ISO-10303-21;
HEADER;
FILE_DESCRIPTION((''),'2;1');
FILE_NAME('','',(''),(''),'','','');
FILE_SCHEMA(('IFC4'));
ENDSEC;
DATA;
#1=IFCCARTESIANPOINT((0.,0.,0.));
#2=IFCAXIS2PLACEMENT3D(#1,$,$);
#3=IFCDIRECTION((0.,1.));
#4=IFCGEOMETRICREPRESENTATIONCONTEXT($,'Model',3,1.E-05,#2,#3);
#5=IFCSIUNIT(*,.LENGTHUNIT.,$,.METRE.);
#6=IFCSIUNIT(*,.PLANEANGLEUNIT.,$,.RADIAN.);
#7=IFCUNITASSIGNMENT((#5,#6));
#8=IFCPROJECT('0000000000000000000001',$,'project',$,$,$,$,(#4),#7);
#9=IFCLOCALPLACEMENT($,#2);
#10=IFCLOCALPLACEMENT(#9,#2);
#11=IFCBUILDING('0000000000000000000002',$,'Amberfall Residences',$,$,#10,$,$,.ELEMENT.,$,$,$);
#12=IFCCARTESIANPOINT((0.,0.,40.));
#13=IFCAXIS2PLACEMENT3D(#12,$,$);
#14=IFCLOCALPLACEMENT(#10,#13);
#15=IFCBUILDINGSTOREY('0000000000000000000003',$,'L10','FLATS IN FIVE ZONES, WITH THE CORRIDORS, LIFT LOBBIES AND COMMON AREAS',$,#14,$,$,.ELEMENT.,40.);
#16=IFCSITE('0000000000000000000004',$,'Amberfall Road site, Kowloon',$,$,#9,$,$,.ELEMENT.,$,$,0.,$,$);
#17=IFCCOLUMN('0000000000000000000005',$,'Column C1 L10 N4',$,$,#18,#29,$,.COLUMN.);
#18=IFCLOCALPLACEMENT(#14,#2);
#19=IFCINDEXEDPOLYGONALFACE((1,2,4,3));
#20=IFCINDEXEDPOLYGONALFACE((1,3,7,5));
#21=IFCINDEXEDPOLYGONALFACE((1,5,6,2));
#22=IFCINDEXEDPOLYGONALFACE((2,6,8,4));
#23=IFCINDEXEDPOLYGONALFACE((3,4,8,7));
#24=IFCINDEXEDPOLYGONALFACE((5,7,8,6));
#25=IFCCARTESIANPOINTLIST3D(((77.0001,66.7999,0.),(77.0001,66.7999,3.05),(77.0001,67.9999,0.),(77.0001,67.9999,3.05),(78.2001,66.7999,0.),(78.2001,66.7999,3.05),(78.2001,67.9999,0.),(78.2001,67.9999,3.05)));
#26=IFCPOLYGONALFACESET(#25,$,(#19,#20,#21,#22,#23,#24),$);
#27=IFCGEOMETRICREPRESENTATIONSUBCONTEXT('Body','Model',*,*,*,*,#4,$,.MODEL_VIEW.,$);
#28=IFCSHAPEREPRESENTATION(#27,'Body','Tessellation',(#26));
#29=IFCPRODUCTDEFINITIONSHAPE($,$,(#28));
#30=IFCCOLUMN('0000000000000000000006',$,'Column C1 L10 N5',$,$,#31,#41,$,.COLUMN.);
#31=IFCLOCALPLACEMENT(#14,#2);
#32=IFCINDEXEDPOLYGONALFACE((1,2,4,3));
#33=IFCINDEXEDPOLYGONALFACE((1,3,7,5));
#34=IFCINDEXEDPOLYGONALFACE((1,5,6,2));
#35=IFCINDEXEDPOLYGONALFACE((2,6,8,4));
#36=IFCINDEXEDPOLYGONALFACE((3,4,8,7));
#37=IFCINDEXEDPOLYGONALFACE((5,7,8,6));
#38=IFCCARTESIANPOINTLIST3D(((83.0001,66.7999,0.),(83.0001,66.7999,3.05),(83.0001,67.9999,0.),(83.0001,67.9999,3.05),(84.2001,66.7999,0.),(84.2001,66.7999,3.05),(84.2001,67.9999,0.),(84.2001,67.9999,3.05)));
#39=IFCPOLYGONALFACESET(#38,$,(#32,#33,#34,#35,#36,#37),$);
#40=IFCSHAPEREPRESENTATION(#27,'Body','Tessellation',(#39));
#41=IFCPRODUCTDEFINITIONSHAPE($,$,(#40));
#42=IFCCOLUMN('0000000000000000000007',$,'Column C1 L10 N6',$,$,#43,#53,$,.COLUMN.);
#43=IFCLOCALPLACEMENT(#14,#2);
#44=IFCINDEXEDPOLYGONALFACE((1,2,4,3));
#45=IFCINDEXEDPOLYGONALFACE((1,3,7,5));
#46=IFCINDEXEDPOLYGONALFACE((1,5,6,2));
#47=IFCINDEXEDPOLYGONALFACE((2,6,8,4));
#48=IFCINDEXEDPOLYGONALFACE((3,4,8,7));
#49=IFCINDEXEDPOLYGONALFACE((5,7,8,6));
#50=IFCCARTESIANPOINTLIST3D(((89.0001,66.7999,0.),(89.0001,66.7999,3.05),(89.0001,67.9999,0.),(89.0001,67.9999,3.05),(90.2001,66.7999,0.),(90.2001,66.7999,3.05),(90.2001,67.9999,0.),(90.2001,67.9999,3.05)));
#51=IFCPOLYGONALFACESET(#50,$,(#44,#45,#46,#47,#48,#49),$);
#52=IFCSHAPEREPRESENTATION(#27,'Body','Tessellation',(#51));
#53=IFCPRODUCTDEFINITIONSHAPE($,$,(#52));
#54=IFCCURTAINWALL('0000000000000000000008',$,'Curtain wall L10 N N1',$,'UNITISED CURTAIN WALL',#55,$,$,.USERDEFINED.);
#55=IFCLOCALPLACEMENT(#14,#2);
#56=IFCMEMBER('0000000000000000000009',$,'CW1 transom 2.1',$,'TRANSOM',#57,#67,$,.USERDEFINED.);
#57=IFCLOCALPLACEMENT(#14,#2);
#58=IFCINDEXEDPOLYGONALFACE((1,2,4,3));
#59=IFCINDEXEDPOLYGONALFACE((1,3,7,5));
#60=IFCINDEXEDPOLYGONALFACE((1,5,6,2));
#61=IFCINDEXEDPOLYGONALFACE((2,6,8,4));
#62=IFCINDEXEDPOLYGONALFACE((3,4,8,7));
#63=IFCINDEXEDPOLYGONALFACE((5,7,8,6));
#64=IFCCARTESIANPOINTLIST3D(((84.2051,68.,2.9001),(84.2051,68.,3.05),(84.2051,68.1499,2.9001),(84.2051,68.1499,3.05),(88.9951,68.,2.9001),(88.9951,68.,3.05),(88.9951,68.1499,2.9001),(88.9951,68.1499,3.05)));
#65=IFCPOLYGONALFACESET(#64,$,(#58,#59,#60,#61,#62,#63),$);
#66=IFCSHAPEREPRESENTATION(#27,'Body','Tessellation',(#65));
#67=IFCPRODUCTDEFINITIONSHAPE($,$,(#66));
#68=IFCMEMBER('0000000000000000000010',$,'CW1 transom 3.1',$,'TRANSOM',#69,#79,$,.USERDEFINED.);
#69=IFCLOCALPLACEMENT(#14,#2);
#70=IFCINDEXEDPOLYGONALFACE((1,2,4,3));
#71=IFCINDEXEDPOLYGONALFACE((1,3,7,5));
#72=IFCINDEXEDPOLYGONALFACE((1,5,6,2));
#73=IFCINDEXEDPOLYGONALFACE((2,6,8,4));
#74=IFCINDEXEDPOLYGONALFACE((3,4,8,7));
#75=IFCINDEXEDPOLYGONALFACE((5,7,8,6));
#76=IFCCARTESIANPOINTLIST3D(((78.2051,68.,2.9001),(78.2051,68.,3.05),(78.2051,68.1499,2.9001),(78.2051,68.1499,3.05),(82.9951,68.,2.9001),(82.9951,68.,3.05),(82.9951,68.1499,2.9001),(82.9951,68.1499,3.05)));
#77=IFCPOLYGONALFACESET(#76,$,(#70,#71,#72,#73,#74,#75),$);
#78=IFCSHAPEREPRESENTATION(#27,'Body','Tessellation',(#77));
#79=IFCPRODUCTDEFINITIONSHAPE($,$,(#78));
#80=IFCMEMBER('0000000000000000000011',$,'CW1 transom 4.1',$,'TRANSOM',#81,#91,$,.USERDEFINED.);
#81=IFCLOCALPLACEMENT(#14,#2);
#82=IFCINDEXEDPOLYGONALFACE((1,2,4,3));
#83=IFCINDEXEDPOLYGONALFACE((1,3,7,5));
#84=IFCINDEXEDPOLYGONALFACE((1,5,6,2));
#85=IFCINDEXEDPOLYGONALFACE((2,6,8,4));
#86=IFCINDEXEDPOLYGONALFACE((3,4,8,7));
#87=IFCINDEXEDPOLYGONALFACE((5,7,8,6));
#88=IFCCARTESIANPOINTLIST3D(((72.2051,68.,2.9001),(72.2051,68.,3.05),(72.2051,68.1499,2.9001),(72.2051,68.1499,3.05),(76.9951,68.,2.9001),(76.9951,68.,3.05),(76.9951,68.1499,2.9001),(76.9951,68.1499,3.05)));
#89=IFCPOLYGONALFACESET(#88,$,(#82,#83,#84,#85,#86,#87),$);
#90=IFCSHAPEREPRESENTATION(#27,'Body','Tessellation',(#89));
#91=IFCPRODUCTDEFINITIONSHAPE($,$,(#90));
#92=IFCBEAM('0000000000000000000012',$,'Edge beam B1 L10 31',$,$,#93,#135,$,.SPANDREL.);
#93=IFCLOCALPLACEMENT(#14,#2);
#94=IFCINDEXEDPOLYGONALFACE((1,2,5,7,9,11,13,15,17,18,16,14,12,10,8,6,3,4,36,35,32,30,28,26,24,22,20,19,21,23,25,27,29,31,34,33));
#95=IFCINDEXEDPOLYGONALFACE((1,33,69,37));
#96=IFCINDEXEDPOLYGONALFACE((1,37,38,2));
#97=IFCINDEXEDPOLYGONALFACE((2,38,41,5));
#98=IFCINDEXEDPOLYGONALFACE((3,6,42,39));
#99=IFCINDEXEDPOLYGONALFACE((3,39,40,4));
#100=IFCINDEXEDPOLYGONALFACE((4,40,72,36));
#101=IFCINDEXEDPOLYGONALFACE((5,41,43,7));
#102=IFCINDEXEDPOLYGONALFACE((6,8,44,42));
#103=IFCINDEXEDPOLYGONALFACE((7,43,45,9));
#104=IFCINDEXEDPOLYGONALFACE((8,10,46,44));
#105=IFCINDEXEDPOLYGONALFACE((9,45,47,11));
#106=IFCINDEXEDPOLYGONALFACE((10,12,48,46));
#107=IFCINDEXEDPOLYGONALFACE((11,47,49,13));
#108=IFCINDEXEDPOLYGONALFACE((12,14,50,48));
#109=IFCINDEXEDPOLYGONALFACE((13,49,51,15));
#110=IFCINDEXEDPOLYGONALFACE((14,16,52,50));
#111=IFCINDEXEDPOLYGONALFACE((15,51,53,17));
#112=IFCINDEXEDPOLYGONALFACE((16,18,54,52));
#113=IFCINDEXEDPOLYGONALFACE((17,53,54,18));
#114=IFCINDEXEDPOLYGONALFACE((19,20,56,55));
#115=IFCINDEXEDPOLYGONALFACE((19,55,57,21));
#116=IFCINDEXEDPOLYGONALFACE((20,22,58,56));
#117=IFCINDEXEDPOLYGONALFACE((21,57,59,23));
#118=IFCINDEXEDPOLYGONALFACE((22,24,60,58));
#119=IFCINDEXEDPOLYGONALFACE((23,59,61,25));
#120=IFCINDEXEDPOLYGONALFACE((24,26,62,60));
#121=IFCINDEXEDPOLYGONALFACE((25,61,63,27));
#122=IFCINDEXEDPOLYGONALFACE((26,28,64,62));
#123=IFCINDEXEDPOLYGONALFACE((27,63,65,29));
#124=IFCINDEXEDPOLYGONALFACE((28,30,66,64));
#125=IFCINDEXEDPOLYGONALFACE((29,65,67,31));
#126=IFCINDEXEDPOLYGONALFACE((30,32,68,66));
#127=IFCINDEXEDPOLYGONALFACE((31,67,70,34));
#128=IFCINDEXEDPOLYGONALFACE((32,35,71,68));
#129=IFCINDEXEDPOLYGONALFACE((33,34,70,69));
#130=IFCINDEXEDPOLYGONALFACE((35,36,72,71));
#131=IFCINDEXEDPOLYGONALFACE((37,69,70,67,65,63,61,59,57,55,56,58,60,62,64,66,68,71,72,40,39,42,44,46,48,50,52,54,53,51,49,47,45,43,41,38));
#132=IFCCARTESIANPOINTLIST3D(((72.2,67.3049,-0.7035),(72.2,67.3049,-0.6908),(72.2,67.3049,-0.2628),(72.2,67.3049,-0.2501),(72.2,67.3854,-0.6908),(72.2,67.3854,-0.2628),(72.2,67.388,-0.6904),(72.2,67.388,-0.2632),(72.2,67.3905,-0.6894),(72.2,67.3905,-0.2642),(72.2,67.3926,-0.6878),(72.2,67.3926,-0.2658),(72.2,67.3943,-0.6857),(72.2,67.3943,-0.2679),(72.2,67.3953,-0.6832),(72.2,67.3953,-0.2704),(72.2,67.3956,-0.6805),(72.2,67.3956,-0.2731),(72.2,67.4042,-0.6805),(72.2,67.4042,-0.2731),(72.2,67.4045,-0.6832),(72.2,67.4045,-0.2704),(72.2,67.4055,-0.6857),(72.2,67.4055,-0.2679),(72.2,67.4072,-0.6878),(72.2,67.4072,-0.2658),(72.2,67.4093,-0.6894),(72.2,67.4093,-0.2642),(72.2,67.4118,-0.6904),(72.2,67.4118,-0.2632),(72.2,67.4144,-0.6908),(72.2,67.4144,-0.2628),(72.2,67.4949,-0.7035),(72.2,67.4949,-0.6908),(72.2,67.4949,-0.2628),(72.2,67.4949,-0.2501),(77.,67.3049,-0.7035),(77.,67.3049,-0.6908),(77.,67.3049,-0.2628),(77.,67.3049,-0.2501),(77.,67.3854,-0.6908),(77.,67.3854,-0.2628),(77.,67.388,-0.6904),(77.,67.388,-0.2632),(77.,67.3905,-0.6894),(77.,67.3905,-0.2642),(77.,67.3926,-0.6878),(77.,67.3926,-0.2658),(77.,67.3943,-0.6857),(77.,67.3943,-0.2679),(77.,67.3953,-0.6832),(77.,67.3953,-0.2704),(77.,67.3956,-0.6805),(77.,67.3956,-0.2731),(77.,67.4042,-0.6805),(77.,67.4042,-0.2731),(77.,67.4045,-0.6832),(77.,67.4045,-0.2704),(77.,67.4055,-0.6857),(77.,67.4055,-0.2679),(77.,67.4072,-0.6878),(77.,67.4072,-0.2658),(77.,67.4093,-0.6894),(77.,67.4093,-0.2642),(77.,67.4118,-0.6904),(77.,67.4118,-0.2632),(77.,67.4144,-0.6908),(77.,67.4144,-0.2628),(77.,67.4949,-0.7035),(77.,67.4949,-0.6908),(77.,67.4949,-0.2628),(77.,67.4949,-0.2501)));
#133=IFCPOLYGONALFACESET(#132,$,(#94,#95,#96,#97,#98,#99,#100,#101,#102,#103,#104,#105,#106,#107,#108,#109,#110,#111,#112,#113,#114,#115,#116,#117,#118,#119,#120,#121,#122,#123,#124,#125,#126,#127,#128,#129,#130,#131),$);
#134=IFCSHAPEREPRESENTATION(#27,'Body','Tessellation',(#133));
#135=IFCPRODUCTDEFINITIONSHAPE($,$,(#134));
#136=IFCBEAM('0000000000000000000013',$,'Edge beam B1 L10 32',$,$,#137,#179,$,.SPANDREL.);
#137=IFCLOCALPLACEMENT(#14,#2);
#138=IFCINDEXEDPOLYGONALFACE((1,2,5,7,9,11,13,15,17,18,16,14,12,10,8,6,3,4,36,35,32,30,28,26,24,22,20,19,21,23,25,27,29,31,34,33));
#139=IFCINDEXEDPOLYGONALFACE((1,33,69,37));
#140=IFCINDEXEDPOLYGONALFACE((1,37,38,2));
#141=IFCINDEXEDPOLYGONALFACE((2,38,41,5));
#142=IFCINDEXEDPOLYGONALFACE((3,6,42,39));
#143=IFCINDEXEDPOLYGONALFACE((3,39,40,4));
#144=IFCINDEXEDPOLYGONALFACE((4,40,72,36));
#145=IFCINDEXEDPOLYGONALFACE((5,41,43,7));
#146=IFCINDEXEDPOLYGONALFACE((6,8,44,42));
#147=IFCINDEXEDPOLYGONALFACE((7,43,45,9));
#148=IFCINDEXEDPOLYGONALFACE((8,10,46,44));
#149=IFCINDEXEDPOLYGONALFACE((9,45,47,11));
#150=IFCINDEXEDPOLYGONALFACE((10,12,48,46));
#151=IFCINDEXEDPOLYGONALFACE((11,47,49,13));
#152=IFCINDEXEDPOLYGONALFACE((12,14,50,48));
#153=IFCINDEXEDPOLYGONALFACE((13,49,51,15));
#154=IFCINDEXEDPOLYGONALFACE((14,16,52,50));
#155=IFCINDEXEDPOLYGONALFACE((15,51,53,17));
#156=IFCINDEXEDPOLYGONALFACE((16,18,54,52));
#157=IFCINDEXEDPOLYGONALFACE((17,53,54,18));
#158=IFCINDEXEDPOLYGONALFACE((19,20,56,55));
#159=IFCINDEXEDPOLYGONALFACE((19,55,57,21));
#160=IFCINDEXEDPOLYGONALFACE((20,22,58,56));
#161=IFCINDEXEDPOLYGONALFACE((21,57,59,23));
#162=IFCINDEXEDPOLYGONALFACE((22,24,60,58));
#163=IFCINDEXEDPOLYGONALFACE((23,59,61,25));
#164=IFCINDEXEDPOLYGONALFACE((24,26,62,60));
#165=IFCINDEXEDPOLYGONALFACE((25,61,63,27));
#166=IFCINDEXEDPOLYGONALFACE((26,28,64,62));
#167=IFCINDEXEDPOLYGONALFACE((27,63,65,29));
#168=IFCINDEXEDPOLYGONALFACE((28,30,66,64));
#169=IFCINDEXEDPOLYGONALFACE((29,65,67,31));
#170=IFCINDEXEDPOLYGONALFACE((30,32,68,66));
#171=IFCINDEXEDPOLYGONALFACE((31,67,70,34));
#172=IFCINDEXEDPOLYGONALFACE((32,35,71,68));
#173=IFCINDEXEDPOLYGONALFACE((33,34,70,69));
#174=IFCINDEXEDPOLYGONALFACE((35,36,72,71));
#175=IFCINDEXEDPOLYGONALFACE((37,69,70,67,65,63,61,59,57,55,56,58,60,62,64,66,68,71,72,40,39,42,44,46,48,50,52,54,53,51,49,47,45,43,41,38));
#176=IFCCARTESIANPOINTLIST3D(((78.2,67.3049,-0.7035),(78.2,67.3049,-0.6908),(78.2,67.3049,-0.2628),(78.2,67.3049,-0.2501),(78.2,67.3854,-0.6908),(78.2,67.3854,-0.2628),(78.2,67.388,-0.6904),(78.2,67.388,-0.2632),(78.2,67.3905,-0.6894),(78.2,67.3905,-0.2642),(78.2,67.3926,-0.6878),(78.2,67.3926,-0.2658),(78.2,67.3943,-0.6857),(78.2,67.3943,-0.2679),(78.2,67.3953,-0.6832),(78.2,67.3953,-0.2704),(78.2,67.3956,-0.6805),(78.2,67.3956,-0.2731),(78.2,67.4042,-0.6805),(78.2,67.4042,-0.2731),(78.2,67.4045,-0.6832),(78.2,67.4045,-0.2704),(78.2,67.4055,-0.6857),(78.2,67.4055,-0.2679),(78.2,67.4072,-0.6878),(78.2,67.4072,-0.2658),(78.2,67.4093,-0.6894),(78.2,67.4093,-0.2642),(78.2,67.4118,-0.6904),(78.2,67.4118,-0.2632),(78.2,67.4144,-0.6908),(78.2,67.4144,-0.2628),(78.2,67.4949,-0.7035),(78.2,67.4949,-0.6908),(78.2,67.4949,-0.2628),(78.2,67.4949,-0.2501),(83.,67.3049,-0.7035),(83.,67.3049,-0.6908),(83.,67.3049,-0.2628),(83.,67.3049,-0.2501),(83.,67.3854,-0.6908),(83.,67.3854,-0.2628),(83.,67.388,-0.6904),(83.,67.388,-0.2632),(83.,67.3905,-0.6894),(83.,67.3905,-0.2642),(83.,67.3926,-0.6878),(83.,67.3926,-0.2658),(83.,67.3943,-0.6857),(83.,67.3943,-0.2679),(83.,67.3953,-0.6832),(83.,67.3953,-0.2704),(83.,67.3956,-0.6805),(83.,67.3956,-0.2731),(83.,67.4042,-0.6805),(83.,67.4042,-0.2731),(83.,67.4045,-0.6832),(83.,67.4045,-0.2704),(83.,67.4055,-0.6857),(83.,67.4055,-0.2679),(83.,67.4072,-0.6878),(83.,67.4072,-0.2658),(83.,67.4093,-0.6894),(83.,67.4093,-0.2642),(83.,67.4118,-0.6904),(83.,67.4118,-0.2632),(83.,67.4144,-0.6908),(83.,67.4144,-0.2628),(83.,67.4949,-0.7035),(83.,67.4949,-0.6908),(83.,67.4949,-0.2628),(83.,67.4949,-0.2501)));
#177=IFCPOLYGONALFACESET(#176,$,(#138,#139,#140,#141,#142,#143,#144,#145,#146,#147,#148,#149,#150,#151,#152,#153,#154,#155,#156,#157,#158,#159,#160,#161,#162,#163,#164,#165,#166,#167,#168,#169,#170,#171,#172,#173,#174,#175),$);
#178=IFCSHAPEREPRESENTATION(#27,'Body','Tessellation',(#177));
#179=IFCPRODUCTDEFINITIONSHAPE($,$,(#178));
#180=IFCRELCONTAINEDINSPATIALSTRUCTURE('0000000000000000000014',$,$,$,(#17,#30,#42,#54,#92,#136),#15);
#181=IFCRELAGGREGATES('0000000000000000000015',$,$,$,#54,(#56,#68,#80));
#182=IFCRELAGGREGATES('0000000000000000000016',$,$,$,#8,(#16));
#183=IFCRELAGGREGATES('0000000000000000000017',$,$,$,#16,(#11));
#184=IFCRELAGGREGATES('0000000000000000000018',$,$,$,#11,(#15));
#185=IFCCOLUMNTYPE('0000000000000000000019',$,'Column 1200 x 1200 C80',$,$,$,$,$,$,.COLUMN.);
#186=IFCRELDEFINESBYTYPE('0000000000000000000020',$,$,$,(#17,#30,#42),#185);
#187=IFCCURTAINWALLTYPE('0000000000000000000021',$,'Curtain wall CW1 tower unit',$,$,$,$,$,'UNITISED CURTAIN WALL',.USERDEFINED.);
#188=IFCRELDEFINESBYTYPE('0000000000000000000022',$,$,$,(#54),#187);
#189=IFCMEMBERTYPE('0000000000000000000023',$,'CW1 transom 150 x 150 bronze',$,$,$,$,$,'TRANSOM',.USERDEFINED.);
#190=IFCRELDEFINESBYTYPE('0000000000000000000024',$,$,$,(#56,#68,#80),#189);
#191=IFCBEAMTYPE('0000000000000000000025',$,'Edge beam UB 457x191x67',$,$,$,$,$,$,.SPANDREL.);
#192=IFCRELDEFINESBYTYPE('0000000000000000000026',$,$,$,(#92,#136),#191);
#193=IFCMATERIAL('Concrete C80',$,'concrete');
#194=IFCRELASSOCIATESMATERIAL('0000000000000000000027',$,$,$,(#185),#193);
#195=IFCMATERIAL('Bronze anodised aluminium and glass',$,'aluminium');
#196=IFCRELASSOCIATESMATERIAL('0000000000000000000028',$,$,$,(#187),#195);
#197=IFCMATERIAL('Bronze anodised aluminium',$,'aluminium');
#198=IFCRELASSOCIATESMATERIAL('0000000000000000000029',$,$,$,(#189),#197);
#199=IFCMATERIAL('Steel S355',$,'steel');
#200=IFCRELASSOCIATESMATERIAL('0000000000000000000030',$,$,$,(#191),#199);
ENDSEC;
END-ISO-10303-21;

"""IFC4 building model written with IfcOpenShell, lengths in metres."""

from ifc_helpers import new_model, si_unit, direction, frame, origin, origin_2d, place, context, subcontext, project, spatial, rectangle, i_section, extrude, material, material_profile, profile_set, type_object, element, aggregate, save


model = new_model("IFC4")

# Units and contexts
model_context = context("Model", 3, precision=1e-05, world=origin(), true_north=direction((0.0, 1.0)))
body_context = subcontext(model_context, "Body", "Model", "MODEL_VIEW")
ifc_project = project(units=[si_unit("LENGTHUNIT", "METRE"), si_unit("PLANEANGLEUNIT", "RADIAN")], contexts=[model_context])

# Site, building, storey
site_placement = place(None, origin())
site = spatial("IfcSite", under=ifc_project, at=site_placement, Name="Amberfall Road site, Kowloon", CompositionType="ELEMENT", RefElevation=0.0)
building_placement = place(site_placement, origin())
building = spatial("IfcBuilding", under=site, at=building_placement, Name="Amberfall Residences", CompositionType="ELEMENT")
storey_placement = place(building_placement, frame((0.0, 0.0, 40.0)))
storey = spatial("IfcBuildingStorey", under=building, at=storey_placement, Name="L10", Description="FLATS IN FIVE ZONES, WITH THE CORRIDORS, LIFT LOBBIES AND COMMON AREAS", CompositionType="ELEMENT", Elevation=40.0)

# Columns
ifc_material_1 = material(Name="Concrete C80", Category="concrete")
ifc_material_profile_1 = material_profile(ifc_material_1, rectangle(XDim=1.2, YDim=1.2, at=origin_2d()), Name="Column 1200 x 1200 C80")
ifc_profile_set_1 = profile_set([ifc_material_profile_1], Name="Concrete C80")
column_type = type_object("IfcColumnType", Name="Column 1200 x 1200 C80", PredefinedType="COLUMN", material=ifc_profile_set_1)
for number, where, z_axis, x_axis, name in (
    (1, (77.6001, 67.3999, 0.0), (0.0, 0.0, 1.0), (1.0, 0.0, 0.0), "Column C1 L10 N4"),
    (2, (83.6001, 67.3999, 0.0), (0.0, 0.0, 1.0), (1.0, 0.0, 0.0), "Column C1 L10 N5"),
    (3, (89.6001, 67.3999, 0.0), (0.0, 0.0, 1.0), (1.0, 0.0, 0.0), "Column C1 L10 N6"),
):
    element("IfcColumn", number, at=place(storey_placement, frame(where, z_axis=z_axis, x_axis=x_axis)), inside=storey, type_object=column_type, Name=name, PredefinedType="COLUMN", context=body_context, shape_type="SweptSolid", body=[
        extrude(rectangle(XDim=1.2, YDim=1.2, at=origin_2d()), origin(), (0.0, 0.0, 1.0), 3.05),
    ])

# Curtain wall, members
ifc_material_2 = material(Name="Bronze anodised aluminium and glass", Category="aluminium")
curtain_wall_type = type_object("IfcCurtainWallType", Name="Curtain wall CW1 tower unit", ElementType="UNITISED CURTAIN WALL", PredefinedType="USERDEFINED", material=ifc_material_2)
curtain_wall_placement = place(storey_placement, origin())
curtain_wall = element("IfcCurtainWall", 4, at=curtain_wall_placement, inside=storey, type_object=curtain_wall_type, Name="Curtain wall L10 N N1", ObjectType="UNITISED CURTAIN WALL", PredefinedType="USERDEFINED")
ifc_material_3 = material(Name="Bronze anodised aluminium", Category="aluminium")
ifc_material_profile_2 = material_profile(ifc_material_3, rectangle(XDim=0.1499, YDim=0.1499, at=origin_2d()), Name="CW1 transom 150 x 150 bronze")
ifc_profile_set_2 = profile_set([ifc_material_profile_2], Name="Bronze anodised aluminium")
member_type_1 = type_object("IfcMemberType", Name="CW1 transom 150 x 150 bronze", ElementType="TRANSOM", PredefinedType="USERDEFINED", material=ifc_profile_set_2)
member_1_placement = place(storey_placement, frame((88.9951, 68.075, 2.9751), z_axis=(-1.0, 0.0, 0.0), x_axis=(0.0, -1.0, 0.0)))
member_1 = element("IfcMember", 5, at=member_1_placement, type_object=member_type_1, Name="CW1 transom 2.1", ObjectType="TRANSOM", PredefinedType="USERDEFINED", context=body_context, shape_type="SweptSolid", body=[
    extrude(rectangle(XDim=0.1499, YDim=0.1499, at=origin_2d()), origin(), (0.0, 0.0, 1.0), 4.79),
])
member_2_placement = place(storey_placement, frame((82.9951, 68.075, 2.9751), z_axis=(-1.0, 0.0, 0.0), x_axis=(0.0, -1.0, 0.0)))
member_2 = element("IfcMember", 6, at=member_2_placement, type_object=member_type_1, Name="CW1 transom 3.1", ObjectType="TRANSOM", PredefinedType="USERDEFINED", context=body_context, shape_type="SweptSolid", body=[
    extrude(rectangle(XDim=0.1499, YDim=0.1499, at=origin_2d()), origin(), (0.0, 0.0, 1.0), 4.79),
])
member_3_placement = place(storey_placement, frame((76.9951, 68.075, 2.9751), z_axis=(-1.0, 0.0, 0.0), x_axis=(0.0, -1.0, 0.0)))
member_3 = element("IfcMember", 7, at=member_3_placement, type_object=member_type_1, Name="CW1 transom 4.1", ObjectType="TRANSOM", PredefinedType="USERDEFINED", context=body_context, shape_type="SweptSolid", body=[
    extrude(rectangle(XDim=0.1499, YDim=0.1499, at=origin_2d()), origin(), (0.0, 0.0, 1.0), 4.79),
])

# Beams
ifc_material_4 = material(Name="Steel S355", Category="steel")
ifc_material_profile_3 = material_profile(ifc_material_4, i_section(OverallWidth=0.1899, OverallDepth=0.4534, WebThickness=0.0085, FlangeThickness=0.0127, FilletRadius=0.0103, at=origin_2d()), Name="UB 457x191x67")
ifc_profile_set_3 = profile_set([ifc_material_profile_3], Name="Steel S355")
beam_type_1 = type_object("IfcBeamType", Name="Edge beam UB 457x191x67", PredefinedType="SPANDREL", material=ifc_profile_set_3)
for number, where, z_axis, x_axis, name in (
    (8, (72.2, 67.3999, -0.4768), (1.0, 0.0, 0.0), (0.0, 1.0, 0.0), "Edge beam B1 L10 31"),
    (9, (78.2, 67.3999, -0.4768), (1.0, 0.0, 0.0), (0.0, 1.0, 0.0), "Edge beam B1 L10 32"),
):
    element("IfcBeam", number, at=place(storey_placement, frame(where, z_axis=z_axis, x_axis=x_axis)), inside=storey, type_object=beam_type_1, Name=name, PredefinedType="SPANDREL", context=body_context, shape_type="SweptSolid", body=[
        extrude(i_section(OverallWidth=0.1899, OverallDepth=0.4534, WebThickness=0.0085, FlangeThickness=0.0127, FilletRadius=0.0103, at=origin_2d()), origin(), (0.0, 0.0, 1.0), 4.8),
    ])

aggregate(curtain_wall, [member_1, member_2, member_3])

save(model, "model.ifc")
